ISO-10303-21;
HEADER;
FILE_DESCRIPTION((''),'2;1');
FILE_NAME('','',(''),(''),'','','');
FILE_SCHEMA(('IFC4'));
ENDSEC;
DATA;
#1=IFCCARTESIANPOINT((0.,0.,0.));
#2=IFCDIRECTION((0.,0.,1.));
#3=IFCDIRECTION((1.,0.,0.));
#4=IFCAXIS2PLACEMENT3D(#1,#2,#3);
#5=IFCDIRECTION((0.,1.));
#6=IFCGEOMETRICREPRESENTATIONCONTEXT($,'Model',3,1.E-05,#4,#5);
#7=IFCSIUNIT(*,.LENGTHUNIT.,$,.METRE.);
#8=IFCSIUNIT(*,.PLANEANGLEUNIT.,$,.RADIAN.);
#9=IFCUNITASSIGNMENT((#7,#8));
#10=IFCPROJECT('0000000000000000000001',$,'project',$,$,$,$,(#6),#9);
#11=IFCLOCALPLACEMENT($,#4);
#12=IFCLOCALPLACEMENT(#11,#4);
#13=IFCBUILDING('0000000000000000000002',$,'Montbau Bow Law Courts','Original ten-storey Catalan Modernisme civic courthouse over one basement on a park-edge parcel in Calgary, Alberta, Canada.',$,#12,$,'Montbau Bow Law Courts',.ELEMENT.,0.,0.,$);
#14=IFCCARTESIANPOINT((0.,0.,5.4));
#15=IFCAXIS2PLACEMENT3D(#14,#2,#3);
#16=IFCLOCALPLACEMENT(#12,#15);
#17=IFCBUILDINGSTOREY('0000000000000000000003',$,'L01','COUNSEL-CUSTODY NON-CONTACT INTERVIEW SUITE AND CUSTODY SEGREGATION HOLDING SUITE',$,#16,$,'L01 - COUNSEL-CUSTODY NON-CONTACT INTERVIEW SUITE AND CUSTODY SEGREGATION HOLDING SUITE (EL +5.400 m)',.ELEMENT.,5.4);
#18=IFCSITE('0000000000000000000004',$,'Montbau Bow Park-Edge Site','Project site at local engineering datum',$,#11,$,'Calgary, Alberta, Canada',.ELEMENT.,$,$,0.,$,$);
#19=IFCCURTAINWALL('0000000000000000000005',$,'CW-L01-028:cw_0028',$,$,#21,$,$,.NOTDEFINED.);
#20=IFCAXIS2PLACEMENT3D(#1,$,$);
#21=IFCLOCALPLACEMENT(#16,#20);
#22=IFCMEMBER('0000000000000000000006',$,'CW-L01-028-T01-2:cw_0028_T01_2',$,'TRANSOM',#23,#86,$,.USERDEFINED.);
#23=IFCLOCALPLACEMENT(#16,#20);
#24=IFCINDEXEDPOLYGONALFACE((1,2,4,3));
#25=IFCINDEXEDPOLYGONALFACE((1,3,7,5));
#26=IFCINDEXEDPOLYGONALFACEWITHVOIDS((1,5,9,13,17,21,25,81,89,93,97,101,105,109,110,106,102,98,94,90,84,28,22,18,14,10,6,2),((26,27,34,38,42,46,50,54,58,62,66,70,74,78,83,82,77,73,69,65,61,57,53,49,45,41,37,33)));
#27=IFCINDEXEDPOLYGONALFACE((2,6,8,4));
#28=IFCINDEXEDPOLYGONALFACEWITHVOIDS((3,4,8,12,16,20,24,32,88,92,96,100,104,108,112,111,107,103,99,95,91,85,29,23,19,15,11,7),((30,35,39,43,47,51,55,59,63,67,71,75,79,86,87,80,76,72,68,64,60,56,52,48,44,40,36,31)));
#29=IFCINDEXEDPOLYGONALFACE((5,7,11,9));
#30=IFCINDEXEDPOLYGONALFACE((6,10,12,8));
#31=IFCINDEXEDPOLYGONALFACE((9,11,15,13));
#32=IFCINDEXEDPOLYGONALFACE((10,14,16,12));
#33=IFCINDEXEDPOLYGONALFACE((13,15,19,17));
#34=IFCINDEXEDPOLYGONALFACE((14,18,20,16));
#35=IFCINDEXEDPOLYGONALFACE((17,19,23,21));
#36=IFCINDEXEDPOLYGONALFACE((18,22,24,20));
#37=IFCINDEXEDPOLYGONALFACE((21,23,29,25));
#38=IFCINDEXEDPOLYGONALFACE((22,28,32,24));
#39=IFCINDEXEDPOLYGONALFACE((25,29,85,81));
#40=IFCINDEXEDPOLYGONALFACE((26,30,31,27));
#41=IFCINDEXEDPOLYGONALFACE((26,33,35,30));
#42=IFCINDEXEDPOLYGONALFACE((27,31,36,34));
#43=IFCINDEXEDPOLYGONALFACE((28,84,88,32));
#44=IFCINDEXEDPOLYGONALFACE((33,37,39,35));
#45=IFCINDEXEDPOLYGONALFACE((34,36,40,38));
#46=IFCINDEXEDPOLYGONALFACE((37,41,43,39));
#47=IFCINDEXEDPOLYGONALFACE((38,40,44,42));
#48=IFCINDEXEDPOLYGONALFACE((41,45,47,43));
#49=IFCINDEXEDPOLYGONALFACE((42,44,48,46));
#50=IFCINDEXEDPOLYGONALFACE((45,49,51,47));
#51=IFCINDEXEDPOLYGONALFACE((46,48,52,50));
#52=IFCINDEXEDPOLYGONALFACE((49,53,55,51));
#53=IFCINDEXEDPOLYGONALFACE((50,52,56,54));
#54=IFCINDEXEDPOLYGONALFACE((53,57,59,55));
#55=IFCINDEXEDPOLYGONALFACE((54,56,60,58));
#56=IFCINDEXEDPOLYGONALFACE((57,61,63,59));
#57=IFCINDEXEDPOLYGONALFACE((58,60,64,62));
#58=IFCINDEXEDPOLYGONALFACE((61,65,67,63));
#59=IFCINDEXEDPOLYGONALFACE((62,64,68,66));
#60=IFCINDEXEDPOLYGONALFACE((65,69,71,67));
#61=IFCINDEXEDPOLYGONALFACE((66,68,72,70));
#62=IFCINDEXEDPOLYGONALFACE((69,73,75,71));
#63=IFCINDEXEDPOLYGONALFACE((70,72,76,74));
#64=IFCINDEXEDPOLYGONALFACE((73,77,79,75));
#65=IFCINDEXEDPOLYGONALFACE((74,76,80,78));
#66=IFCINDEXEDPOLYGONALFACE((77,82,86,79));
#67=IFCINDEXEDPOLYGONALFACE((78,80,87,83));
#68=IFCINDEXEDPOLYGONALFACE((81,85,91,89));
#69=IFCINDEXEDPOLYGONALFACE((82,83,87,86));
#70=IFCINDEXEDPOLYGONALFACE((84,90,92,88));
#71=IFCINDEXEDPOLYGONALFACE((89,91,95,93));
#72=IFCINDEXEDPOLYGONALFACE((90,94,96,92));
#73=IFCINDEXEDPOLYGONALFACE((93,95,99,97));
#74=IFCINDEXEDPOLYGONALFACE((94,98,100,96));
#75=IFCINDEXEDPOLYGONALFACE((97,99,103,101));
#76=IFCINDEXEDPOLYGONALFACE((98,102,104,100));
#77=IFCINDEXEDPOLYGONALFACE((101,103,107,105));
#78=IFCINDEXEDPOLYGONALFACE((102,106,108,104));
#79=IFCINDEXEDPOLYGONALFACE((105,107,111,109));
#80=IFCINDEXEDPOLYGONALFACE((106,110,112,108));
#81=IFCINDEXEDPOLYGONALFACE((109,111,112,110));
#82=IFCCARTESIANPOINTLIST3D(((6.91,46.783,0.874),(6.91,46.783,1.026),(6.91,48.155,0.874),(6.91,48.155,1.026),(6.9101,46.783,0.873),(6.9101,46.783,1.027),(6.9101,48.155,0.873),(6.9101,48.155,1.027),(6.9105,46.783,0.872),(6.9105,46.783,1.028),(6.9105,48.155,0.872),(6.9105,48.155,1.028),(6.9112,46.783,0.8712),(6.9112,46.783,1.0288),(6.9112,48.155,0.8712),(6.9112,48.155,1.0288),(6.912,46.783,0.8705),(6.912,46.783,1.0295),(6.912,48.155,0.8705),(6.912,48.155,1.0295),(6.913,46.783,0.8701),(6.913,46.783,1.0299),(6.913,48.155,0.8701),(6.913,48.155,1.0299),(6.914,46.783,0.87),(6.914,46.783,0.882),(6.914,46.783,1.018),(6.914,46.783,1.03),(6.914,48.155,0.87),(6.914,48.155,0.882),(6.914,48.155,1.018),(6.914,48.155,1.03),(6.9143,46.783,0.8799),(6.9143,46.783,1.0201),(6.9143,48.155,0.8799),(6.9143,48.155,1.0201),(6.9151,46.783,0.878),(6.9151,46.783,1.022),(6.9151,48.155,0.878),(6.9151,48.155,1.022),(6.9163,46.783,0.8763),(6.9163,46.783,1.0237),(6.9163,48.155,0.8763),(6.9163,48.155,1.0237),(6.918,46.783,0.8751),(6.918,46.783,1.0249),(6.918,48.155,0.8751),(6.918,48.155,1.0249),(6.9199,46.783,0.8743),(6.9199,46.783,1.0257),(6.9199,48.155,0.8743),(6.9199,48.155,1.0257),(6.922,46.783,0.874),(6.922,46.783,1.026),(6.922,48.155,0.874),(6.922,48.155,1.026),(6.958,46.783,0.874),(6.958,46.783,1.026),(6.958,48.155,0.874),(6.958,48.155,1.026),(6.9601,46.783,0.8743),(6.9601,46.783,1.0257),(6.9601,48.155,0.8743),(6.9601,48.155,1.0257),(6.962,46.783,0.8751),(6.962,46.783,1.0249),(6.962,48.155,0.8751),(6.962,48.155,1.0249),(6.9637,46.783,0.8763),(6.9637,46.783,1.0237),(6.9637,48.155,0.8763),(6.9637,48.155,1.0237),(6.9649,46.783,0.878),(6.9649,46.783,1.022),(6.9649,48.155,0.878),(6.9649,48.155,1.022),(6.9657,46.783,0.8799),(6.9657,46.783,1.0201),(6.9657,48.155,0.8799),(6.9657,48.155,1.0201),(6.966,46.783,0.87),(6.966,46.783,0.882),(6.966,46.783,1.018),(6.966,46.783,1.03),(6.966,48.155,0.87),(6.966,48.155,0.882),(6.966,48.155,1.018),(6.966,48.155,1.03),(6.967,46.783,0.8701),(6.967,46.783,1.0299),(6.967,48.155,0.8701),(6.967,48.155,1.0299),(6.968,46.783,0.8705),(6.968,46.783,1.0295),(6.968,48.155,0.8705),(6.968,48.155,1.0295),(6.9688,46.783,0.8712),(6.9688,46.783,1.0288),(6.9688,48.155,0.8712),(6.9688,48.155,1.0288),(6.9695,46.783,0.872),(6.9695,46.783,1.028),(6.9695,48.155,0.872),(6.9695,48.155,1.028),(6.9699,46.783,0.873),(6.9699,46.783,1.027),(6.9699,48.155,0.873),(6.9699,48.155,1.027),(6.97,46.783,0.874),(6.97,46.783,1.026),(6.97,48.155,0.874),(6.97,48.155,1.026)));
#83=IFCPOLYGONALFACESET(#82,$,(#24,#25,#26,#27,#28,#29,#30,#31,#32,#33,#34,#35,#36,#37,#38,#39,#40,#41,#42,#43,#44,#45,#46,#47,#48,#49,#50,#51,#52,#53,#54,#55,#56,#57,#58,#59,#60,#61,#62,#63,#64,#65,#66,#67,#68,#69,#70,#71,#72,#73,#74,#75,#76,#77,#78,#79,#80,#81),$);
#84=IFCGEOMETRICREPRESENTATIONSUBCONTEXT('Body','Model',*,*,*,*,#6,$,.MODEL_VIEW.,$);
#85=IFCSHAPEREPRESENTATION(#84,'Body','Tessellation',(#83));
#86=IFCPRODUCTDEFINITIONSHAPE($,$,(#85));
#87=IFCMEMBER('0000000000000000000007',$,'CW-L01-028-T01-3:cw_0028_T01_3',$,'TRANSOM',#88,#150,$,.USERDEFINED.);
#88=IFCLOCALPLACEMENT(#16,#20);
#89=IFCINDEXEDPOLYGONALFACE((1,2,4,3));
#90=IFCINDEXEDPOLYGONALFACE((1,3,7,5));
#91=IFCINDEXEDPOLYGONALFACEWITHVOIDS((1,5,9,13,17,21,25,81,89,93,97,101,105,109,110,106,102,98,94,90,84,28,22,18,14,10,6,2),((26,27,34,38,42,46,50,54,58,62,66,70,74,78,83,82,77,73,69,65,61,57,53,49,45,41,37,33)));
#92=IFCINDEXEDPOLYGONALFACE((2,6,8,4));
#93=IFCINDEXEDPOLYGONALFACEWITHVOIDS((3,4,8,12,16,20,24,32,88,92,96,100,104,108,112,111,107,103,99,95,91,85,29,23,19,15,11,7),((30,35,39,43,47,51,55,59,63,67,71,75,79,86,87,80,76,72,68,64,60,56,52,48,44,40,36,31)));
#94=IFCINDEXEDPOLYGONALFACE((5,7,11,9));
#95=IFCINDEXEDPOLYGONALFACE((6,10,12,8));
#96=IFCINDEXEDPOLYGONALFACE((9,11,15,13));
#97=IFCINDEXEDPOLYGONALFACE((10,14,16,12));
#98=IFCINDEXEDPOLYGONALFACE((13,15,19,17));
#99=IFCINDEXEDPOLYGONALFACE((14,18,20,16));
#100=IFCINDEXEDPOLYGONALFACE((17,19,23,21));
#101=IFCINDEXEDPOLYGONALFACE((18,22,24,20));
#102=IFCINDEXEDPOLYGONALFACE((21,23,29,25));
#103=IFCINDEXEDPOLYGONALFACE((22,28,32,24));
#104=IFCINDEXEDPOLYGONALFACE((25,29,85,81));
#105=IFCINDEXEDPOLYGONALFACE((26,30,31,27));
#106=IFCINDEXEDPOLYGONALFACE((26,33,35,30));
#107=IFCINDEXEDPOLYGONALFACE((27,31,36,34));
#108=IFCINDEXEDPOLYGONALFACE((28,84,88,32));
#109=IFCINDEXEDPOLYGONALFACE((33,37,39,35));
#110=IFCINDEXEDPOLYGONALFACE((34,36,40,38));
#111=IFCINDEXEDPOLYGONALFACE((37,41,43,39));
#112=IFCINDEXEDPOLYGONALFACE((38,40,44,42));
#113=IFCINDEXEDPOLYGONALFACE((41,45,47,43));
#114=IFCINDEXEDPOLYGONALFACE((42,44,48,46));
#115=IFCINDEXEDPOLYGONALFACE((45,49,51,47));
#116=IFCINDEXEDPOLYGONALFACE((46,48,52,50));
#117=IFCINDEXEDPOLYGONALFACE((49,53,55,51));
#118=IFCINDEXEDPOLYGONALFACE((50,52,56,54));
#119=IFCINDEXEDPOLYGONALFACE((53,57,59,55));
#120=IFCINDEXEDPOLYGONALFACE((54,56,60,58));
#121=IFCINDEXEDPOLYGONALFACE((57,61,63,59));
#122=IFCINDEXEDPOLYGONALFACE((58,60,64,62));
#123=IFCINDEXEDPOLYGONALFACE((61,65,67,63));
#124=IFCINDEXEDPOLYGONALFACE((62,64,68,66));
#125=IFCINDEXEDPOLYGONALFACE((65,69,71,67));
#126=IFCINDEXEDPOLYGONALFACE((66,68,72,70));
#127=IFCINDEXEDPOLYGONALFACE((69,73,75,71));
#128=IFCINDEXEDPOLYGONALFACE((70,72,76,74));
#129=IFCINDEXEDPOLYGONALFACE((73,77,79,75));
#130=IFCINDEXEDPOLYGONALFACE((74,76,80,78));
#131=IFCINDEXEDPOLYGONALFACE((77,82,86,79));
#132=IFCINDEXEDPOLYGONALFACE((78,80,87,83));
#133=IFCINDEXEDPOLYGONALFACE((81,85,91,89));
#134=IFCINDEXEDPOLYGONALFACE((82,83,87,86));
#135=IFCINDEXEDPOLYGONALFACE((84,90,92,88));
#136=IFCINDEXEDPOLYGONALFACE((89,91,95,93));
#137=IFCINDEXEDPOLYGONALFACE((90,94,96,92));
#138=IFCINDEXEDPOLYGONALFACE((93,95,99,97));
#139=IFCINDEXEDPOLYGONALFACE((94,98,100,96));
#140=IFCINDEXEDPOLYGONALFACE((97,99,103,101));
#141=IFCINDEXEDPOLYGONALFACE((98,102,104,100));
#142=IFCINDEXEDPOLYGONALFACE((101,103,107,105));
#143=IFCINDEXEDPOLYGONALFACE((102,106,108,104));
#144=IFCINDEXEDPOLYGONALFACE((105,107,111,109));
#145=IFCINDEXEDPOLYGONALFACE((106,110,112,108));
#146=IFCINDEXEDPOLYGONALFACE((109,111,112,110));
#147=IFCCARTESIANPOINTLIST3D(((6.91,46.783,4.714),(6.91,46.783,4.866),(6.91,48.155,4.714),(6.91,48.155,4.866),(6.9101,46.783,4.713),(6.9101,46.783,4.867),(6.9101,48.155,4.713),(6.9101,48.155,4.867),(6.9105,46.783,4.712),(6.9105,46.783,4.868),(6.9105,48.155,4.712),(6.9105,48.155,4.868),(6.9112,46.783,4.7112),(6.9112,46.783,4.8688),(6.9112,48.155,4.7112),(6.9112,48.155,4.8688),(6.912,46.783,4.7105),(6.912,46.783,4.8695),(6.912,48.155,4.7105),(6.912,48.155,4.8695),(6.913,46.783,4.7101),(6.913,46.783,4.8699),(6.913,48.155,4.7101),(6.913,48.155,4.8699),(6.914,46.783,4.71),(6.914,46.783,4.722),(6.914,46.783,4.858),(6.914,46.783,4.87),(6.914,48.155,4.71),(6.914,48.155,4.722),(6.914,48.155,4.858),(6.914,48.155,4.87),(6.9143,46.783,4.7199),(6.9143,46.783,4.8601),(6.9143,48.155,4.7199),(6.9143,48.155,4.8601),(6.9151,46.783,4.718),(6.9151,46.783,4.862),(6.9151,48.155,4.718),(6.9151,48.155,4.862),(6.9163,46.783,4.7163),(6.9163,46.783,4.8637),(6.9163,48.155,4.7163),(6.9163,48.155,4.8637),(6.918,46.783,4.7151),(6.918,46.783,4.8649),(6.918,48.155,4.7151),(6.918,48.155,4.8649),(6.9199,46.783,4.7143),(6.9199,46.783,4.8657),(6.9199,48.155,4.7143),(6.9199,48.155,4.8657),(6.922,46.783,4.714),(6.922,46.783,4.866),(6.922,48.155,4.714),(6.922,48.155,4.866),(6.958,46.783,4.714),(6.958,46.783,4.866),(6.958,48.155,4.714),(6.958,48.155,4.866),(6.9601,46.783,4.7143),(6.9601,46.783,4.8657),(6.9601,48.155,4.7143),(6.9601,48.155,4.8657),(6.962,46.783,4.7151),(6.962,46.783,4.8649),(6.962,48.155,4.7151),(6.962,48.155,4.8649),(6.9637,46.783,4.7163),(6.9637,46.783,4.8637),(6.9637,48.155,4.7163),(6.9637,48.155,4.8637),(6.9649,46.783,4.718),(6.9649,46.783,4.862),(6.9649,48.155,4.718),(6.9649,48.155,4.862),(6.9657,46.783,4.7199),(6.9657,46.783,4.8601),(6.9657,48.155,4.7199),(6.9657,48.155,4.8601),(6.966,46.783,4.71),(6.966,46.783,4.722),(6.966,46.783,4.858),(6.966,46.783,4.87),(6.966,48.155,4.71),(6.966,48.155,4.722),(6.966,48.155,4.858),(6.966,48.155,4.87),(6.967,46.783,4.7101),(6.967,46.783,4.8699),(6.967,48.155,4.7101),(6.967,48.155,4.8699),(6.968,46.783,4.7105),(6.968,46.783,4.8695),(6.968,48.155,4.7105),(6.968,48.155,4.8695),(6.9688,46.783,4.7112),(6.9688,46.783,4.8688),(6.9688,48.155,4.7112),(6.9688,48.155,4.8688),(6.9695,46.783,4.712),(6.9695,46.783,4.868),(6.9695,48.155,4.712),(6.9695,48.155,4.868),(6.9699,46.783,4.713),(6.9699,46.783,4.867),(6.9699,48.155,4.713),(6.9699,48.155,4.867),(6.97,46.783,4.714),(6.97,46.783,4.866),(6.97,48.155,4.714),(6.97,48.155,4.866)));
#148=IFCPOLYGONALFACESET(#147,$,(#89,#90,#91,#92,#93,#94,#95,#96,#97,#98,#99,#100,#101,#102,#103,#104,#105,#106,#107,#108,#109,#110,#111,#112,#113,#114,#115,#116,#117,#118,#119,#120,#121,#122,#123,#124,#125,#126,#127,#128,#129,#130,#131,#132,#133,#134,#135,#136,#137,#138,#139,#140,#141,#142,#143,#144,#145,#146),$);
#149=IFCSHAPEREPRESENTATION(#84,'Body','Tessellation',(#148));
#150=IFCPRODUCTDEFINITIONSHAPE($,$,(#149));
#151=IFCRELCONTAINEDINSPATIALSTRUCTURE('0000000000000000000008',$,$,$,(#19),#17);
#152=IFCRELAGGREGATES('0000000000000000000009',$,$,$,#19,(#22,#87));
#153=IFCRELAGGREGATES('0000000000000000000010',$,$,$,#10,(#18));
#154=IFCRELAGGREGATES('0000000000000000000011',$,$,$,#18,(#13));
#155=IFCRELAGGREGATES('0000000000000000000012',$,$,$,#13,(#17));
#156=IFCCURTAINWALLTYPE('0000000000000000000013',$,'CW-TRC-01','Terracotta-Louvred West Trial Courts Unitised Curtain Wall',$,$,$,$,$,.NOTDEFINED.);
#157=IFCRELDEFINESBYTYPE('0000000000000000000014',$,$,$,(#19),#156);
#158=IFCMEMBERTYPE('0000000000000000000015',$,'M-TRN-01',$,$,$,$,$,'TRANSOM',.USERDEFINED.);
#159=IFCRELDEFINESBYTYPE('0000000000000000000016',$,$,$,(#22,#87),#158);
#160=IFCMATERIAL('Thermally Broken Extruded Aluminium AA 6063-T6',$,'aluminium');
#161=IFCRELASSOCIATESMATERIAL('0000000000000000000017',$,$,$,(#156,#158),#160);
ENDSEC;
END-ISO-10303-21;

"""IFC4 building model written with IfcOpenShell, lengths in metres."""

from ifc_helpers import new_model, si_unit, direction, frame, origin_with_axes, origin_2d_with_axis, place, context, subcontext, project, spatial, hollow_rectangle, extrude, material, material_profile, profile_set, type_object, element, aggregate, save


model = new_model("IFC4")

# Units and contexts
model_context = context("Model", 3, precision=1e-05, world=origin_with_axes(), true_north=direction((0.0, 1.0)))
body_context = subcontext(model_context, "Body", "Model", "MODEL_VIEW")
ifc_project = project(units=[si_unit("LENGTHUNIT", "METRE"), si_unit("PLANEANGLEUNIT", "RADIAN")], contexts=[model_context])

# Site, building, storey
site_placement = place(None, origin_with_axes())
site = spatial("IfcSite", under=ifc_project, at=site_placement, Name="Montbau Bow Park-Edge Site", Description="Project site at local engineering datum", LongName="Calgary, Alberta, Canada", CompositionType="ELEMENT", RefElevation=0.0)
building_placement = place(site_placement, origin_with_axes())
building = spatial("IfcBuilding", under=site, at=building_placement, Name="Montbau Bow Law Courts", Description="Original ten-storey Catalan Modernisme civic courthouse over one basement on a park-edge parcel in Calgary, Alberta, Canada.", LongName="Montbau Bow Law Courts", CompositionType="ELEMENT", ElevationOfRefHeight=0.0, ElevationOfTerrain=0.0)
storey_placement = place(building_placement, frame((0.0, 0.0, 5.4), z_axis=(0.0, 0.0, 1.0), x_axis=(1.0, 0.0, 0.0)))
storey = spatial("IfcBuildingStorey", under=building, at=storey_placement, Name="L01", Description="COUNSEL-CUSTODY NON-CONTACT INTERVIEW SUITE AND CUSTODY SEGREGATION HOLDING SUITE", LongName="L01 - COUNSEL-CUSTODY NON-CONTACT INTERVIEW SUITE AND CUSTODY SEGREGATION HOLDING SUITE (EL +5.400 m)", CompositionType="ELEMENT", Elevation=5.4)

# Shared definitions
ifc_material_1 = material(Name="Thermally Broken Extruded Aluminium AA 6063-T6", Category="aluminium")
curtain_wall_type = type_object("IfcCurtainWallType", Name="CW-TRC-01", Description="Terracotta-Louvred West Trial Courts Unitised Curtain Wall", PredefinedType="NOTDEFINED", material=ifc_material_1)

# Curtain wall, members
curtain_wall_1_placement = place(None, frame((6.94, 46.715, 5.4), z_axis=(0.0, 0.0, 1.0), x_axis=(1.0, 0.0, 0.0)))
curtain_wall_1 = element("IfcCurtainWall", 1, at=curtain_wall_1_placement, inside=storey, type_object=curtain_wall_type, Name="CW-L01-028:cw_0028", PredefinedType="NOTDEFINED")
ifc_material_profile_1 = material_profile(ifc_material_1, hollow_rectangle(XDim=0.06, YDim=0.16, WallThickness=0.004, InnerFilletRadius=0.008, OuterFilletRadius=0.004, at=origin_2d_with_axis()), Name="CWT-160X60", Category="Main", Priority=0)
ifc_profile_set_1 = profile_set([ifc_material_profile_1], Name="Thermally Broken Extruded Aluminium AA 6063-T6")
member_type_1 = type_object("IfcMemberType", Name="M-TRN-01", ElementType="TRANSOM", PredefinedType="USERDEFINED", material=ifc_profile_set_1)
member_1_placement = place(None, frame((6.94, 46.783, 6.35), z_axis=(0.0, 1.0, 0.0), x_axis=(-1.0, 0.0, 0.0)))
member_1 = element("IfcMember", 2, at=member_1_placement, type_object=member_type_1, Name="CW-L01-028-T01-2:cw_0028_T01_2", ObjectType="TRANSOM", PredefinedType="USERDEFINED", context=body_context, shape_type="SweptSolid", body=[
    extrude(hollow_rectangle(XDim=0.06, YDim=0.16, WallThickness=0.004, InnerFilletRadius=0.008, OuterFilletRadius=0.004, at=origin_2d_with_axis()), origin_with_axes(), (0.0, 0.0, 1.0), 1.372),
])
member_2_placement = place(None, frame((6.94, 46.783, 10.19), z_axis=(0.0, 1.0, 0.0), x_axis=(-1.0, 0.0, 0.0)))
member_2 = element("IfcMember", 3, at=member_2_placement, type_object=member_type_1, Name="CW-L01-028-T01-3:cw_0028_T01_3", ObjectType="TRANSOM", PredefinedType="USERDEFINED", context=body_context, shape_type="SweptSolid", body=[
    extrude(hollow_rectangle(XDim=0.06, YDim=0.16, WallThickness=0.004, InnerFilletRadius=0.008, OuterFilletRadius=0.004, at=origin_2d_with_axis()), origin_with_axes(), (0.0, 0.0, 1.0), 1.372),
])
aggregate(curtain_wall_1, [member_1, member_2])

save(model, "model.ifc")
